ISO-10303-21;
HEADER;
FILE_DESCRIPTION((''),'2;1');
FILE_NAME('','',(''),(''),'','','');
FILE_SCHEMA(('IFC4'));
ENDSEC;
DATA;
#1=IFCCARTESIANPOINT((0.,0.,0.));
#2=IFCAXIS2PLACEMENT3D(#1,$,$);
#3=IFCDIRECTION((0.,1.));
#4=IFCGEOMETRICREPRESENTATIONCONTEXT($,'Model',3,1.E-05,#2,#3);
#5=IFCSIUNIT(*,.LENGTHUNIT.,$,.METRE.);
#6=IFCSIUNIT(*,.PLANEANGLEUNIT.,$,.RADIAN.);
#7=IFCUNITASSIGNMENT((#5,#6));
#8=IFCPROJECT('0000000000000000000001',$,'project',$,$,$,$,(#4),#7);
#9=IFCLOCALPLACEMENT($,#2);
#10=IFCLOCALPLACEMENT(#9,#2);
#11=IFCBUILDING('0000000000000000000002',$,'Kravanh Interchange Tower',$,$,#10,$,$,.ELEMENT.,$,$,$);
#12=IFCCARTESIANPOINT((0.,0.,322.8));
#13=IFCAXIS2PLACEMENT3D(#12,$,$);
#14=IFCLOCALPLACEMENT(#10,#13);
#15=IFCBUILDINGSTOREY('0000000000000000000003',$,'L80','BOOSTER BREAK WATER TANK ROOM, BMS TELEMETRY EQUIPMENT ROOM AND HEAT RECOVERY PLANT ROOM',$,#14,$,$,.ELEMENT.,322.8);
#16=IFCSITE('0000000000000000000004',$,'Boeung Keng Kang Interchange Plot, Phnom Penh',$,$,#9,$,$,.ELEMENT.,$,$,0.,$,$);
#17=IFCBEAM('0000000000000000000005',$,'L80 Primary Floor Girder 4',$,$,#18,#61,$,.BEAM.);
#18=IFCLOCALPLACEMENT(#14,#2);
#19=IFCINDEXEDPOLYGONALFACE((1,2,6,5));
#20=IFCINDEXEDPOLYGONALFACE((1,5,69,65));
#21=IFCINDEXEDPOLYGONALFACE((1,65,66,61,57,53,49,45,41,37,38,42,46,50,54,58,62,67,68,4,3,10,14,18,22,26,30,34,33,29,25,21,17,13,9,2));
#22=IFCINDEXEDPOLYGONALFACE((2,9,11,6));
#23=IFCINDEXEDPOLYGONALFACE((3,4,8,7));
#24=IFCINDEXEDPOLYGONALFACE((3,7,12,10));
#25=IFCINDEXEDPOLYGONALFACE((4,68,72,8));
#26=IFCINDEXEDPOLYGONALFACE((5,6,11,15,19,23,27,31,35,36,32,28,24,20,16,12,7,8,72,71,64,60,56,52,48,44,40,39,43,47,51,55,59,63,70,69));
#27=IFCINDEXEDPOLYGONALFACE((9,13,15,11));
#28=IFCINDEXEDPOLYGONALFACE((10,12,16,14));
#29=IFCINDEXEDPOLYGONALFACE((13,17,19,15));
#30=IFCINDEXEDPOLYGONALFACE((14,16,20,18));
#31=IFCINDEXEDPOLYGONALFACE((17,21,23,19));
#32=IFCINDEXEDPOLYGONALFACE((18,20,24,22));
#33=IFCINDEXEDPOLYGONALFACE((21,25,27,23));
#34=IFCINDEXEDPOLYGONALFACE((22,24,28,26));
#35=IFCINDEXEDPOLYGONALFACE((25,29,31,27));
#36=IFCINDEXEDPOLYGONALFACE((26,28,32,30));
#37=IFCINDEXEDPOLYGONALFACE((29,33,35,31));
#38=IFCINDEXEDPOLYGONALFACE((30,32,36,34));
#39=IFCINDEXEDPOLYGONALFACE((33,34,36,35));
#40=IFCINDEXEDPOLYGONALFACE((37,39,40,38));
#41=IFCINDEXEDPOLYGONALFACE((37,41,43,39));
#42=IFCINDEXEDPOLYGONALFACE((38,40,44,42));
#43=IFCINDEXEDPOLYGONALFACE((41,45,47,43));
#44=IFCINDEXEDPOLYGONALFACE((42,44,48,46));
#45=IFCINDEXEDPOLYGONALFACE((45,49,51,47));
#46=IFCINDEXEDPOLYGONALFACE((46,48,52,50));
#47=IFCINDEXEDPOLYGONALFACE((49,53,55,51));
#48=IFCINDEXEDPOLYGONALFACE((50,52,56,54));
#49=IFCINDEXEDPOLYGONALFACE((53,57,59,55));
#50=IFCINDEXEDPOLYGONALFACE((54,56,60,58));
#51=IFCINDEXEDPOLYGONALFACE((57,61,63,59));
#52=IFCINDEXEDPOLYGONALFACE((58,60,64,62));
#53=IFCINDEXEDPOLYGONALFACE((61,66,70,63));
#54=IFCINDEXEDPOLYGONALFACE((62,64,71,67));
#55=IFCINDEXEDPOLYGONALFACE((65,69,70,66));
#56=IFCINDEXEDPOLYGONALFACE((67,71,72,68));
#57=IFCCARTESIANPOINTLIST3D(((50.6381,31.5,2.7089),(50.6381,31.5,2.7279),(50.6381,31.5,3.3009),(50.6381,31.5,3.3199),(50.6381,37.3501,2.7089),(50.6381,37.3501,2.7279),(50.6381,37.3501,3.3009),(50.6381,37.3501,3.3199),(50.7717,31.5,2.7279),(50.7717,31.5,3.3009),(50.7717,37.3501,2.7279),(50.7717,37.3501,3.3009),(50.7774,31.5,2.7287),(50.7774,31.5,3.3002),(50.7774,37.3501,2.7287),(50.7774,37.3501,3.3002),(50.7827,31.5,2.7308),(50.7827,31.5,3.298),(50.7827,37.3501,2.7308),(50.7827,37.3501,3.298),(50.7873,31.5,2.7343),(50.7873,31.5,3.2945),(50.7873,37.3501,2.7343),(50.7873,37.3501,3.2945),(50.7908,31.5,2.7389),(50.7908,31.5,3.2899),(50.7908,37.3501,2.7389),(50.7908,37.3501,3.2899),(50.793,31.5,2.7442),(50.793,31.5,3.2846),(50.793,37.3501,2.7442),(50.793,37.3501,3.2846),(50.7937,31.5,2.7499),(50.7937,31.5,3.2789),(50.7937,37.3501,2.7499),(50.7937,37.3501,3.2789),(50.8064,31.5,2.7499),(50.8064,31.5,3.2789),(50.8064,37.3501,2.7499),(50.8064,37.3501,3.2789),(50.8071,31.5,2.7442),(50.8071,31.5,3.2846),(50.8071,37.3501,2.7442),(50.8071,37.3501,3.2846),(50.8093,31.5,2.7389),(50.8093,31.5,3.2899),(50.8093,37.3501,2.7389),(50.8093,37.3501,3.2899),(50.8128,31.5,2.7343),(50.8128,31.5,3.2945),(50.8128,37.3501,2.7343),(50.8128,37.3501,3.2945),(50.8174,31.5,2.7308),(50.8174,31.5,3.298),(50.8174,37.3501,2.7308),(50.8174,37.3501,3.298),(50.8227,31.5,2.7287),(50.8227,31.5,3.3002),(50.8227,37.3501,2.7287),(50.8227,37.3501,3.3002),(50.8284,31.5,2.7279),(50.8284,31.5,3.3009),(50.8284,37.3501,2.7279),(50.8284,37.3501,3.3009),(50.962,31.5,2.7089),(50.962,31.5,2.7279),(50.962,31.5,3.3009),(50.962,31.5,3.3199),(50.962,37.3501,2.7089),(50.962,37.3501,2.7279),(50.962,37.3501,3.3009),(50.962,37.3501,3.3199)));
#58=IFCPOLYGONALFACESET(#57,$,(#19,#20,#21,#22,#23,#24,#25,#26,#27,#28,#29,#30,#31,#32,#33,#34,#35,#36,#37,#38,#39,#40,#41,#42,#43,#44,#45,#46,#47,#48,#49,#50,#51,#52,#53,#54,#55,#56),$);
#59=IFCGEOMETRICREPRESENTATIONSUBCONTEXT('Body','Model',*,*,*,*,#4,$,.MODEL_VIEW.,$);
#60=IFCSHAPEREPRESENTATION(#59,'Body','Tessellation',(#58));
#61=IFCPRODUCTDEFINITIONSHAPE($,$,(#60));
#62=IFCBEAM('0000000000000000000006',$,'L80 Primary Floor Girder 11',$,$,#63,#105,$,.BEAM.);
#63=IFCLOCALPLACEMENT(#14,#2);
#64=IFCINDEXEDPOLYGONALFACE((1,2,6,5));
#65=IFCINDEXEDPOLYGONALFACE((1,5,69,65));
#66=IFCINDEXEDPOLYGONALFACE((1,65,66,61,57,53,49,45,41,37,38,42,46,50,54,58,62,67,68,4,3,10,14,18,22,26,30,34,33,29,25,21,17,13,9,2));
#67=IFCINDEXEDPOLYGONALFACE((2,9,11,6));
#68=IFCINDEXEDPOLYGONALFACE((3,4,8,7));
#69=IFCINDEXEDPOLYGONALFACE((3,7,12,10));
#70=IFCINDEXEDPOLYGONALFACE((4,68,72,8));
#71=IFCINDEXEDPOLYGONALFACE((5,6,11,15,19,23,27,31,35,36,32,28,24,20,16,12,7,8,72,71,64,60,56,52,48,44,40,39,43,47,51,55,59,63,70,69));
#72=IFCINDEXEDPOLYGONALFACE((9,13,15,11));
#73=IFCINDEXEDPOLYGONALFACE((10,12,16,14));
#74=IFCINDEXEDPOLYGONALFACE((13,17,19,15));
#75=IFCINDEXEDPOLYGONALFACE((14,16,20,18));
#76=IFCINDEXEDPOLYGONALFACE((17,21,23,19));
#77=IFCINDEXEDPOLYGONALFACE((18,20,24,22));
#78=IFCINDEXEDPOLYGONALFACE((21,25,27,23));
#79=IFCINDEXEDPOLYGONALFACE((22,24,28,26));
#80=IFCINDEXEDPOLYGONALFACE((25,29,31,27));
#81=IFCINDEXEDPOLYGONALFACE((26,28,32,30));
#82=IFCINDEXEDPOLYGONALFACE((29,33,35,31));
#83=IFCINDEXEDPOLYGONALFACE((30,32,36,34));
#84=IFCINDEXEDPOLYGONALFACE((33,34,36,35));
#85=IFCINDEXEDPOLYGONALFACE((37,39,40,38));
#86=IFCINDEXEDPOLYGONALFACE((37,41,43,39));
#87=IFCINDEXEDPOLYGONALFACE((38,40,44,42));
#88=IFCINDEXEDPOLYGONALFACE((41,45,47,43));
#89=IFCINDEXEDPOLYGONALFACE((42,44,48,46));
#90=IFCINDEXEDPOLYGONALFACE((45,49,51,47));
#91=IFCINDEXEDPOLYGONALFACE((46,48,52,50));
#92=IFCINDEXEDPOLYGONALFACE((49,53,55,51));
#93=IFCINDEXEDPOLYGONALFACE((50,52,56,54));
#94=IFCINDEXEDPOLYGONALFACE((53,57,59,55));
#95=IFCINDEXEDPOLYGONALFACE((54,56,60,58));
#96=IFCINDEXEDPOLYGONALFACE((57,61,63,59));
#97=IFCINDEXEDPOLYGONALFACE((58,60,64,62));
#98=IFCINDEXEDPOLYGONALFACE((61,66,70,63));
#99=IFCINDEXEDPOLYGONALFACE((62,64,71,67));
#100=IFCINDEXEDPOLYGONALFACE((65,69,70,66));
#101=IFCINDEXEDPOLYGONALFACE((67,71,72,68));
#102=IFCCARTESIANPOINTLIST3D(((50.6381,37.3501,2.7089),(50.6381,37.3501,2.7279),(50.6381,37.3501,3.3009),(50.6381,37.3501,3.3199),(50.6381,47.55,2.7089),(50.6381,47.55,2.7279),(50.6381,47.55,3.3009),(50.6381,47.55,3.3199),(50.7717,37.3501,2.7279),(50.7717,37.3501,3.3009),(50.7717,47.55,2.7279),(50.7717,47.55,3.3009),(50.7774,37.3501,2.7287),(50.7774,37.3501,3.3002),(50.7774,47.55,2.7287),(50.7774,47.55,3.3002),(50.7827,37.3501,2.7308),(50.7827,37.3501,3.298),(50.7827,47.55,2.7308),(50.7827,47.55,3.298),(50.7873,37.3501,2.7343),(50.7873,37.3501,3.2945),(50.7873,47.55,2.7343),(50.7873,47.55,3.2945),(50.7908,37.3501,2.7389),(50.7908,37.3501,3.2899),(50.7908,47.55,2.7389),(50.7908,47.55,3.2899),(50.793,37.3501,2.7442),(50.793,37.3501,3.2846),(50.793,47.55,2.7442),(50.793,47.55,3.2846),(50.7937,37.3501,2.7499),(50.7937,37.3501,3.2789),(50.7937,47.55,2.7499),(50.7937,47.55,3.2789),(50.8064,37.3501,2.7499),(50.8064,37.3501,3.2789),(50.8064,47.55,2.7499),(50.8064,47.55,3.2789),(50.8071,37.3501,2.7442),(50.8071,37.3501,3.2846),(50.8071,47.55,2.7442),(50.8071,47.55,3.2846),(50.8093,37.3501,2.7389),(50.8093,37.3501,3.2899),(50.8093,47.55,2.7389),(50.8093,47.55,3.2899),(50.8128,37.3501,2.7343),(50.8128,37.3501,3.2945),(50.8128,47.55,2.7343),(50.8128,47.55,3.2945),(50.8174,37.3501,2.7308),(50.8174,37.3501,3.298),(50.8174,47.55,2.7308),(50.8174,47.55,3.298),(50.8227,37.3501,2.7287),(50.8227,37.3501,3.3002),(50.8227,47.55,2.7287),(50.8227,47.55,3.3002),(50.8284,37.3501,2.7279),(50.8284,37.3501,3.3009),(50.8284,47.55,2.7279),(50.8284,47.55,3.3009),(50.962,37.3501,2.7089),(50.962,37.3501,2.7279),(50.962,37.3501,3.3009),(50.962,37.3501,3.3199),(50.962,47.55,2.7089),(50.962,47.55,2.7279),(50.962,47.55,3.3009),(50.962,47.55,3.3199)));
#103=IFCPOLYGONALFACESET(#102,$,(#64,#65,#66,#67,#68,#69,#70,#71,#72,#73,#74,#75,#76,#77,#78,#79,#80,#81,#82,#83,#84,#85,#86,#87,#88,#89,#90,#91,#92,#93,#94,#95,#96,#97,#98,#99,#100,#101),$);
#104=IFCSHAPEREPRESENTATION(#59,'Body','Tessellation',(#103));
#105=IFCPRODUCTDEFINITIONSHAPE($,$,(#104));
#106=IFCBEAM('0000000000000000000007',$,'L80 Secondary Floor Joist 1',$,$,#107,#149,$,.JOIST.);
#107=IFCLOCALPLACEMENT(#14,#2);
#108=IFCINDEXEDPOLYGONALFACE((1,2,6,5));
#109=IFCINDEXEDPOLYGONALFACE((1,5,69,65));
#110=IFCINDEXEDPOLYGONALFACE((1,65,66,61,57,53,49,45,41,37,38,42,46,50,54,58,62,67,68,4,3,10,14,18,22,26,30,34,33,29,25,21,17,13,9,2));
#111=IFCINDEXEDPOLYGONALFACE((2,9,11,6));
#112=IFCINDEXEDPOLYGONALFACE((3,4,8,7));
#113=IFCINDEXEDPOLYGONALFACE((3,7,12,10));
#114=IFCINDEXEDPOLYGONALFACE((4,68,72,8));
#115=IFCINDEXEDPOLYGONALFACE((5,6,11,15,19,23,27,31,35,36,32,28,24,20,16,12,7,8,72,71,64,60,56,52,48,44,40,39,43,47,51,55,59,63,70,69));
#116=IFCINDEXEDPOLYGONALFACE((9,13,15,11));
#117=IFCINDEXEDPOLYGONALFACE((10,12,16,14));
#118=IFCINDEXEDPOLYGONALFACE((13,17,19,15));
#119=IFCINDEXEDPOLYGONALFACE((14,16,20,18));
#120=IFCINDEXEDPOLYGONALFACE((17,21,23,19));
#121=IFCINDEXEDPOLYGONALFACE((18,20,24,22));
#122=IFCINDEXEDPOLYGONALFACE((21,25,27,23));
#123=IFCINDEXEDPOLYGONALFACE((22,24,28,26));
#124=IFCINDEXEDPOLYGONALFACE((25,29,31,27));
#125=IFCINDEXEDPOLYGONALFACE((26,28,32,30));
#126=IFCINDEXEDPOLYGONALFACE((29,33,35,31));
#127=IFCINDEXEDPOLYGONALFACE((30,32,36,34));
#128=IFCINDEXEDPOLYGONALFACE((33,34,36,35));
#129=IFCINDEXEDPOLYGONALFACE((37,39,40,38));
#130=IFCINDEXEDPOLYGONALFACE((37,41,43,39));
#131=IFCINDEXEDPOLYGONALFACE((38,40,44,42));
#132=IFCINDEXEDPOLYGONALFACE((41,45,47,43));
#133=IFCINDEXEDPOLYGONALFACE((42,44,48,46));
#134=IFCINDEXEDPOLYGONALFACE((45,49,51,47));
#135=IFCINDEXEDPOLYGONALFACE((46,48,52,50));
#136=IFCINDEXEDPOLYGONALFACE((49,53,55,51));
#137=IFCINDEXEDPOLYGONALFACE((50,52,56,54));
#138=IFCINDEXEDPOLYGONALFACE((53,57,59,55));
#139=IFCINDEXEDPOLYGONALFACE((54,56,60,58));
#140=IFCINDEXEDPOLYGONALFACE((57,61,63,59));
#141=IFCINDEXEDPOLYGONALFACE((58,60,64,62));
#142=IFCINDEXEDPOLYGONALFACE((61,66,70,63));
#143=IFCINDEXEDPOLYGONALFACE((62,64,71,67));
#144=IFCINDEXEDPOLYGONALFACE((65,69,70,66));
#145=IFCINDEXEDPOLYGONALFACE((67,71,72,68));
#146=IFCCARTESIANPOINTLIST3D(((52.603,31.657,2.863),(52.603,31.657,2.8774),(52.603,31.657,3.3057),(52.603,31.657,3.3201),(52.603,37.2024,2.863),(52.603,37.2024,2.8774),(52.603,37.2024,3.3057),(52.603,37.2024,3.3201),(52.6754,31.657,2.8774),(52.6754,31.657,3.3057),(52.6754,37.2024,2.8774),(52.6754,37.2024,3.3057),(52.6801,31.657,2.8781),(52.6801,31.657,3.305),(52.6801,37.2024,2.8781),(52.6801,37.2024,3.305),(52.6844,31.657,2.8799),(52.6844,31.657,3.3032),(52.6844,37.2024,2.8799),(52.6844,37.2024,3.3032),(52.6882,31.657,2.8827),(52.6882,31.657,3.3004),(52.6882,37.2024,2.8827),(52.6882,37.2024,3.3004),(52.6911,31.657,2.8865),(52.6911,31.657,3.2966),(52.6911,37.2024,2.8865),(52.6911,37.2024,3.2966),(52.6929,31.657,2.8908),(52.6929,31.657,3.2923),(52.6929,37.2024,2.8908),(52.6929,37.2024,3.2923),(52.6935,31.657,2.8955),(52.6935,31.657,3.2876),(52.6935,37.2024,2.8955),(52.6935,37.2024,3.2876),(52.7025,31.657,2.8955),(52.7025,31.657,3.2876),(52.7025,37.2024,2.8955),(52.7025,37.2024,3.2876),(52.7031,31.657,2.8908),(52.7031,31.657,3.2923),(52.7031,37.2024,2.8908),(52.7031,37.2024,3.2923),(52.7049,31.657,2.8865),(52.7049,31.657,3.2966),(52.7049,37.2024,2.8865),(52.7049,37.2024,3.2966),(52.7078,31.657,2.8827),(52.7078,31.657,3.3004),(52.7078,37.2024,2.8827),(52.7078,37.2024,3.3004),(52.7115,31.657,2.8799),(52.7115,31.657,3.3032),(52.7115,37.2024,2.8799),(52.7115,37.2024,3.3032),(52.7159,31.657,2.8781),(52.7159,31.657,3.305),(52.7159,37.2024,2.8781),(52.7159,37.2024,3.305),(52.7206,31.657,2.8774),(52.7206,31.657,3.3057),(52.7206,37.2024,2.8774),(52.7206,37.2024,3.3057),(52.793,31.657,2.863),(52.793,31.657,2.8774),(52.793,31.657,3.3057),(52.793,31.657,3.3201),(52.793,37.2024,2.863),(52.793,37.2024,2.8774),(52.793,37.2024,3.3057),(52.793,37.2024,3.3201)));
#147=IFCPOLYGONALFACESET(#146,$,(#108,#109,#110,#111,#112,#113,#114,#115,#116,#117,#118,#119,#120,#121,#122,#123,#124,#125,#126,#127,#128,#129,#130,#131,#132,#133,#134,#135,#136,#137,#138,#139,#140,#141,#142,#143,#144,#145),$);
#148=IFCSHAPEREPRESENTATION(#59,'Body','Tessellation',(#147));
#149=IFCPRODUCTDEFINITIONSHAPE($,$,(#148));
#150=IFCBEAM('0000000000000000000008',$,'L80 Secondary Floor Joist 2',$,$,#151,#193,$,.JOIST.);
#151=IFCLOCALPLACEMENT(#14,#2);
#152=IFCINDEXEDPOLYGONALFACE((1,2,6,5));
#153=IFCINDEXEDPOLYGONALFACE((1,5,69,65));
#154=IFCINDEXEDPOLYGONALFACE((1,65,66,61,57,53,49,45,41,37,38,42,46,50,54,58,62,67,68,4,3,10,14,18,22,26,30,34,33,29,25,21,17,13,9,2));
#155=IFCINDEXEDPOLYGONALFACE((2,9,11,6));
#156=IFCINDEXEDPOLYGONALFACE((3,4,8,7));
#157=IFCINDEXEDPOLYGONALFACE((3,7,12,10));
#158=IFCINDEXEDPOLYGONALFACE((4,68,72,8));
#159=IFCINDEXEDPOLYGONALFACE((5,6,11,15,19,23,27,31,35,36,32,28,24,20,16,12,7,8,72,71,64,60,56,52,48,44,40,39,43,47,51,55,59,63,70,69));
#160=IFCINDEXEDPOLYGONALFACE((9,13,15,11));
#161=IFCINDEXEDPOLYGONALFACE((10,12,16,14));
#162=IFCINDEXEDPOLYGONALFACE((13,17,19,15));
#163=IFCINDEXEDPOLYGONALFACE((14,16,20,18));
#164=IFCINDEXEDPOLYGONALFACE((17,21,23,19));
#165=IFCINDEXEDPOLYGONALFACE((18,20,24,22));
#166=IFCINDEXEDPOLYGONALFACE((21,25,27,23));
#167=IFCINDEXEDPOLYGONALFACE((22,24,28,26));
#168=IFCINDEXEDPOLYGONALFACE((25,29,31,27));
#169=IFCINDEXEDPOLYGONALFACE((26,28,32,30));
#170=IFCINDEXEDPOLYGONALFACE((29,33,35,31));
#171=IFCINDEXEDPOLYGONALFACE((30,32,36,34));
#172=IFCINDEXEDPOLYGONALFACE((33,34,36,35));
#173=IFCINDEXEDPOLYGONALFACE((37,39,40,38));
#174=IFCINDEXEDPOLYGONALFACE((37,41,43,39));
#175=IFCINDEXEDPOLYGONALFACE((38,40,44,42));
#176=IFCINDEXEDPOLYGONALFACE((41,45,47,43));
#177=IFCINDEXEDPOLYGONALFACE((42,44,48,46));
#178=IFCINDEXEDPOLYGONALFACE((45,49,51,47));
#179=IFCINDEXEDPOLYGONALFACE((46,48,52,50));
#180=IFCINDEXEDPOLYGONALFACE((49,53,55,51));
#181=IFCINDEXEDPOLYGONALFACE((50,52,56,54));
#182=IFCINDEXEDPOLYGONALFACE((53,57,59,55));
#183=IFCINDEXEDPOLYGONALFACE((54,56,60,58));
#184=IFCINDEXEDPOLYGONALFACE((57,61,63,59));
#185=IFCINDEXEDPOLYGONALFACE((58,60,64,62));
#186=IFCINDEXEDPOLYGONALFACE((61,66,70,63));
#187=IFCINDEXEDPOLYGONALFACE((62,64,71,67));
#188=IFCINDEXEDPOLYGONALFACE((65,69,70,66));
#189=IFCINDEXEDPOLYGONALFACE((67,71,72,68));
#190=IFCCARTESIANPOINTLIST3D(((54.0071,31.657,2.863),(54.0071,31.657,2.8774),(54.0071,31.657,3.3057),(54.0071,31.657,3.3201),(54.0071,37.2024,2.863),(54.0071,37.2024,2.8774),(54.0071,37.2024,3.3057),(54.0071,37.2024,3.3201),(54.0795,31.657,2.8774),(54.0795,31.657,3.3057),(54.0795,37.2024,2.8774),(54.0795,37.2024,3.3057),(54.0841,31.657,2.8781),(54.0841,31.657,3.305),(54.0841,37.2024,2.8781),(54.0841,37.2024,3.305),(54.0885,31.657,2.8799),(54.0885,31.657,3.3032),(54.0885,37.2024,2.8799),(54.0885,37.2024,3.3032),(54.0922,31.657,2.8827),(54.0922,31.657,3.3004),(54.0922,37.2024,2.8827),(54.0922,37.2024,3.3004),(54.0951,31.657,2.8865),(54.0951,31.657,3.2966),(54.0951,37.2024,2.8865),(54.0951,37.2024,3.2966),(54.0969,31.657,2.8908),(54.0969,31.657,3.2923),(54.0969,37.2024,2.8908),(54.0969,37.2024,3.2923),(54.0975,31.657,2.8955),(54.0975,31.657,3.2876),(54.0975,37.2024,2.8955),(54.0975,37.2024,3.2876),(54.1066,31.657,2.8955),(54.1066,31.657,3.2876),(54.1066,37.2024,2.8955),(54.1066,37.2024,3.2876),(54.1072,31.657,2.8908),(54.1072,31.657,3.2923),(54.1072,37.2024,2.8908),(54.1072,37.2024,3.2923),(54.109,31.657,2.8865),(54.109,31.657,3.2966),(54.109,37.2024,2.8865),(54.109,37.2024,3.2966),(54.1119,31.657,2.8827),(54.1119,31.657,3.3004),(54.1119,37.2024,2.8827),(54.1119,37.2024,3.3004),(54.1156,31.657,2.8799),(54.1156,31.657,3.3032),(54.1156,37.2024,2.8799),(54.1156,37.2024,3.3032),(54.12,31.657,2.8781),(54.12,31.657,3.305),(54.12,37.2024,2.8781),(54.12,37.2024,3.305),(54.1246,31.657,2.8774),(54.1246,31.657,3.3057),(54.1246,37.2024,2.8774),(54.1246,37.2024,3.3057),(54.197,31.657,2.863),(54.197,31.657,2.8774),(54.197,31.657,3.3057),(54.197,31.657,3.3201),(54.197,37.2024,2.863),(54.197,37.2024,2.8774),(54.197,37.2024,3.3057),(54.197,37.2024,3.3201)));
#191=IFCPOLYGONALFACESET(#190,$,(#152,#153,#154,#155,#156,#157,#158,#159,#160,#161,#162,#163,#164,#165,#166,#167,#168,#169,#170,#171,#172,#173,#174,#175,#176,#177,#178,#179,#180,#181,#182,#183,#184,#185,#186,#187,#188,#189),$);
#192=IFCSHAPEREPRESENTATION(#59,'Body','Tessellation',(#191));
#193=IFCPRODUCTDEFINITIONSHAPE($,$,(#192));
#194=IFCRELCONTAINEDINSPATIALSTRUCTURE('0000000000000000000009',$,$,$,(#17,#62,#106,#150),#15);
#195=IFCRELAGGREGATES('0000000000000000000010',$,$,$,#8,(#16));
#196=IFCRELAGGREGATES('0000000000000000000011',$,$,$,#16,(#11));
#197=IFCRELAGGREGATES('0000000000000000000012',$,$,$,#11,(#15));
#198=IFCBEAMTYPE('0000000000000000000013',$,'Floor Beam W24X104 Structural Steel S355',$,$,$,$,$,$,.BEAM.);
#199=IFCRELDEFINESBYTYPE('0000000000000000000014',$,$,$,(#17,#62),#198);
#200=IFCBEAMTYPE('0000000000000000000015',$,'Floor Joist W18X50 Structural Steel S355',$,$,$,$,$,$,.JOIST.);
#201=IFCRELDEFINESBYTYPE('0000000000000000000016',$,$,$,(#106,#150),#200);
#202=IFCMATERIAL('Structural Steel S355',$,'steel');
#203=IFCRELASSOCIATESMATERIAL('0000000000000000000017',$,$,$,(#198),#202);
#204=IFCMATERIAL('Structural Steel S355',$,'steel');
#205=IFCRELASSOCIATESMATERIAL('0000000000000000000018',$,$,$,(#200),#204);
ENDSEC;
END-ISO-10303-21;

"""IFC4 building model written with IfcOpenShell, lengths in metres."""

from ifc_helpers import new_model, si_unit, direction, frame, origin, origin_2d, place, context, subcontext, project, spatial, i_section, extrude, material, material_profile, profile_set, type_object, element, save


model = new_model("IFC4")

# Units and contexts
model_context = context("Model", 3, precision=1e-05, world=origin(), true_north=direction((0.0, 1.0)))
body_context = subcontext(model_context, "Body", "Model", "MODEL_VIEW")
ifc_project = project(units=[si_unit("LENGTHUNIT", "METRE"), si_unit("PLANEANGLEUNIT", "RADIAN")], contexts=[model_context])

# Site, building, storey
site_placement = place(None, origin())
site = spatial("IfcSite", under=ifc_project, at=site_placement, Name="Boeung Keng Kang Interchange Plot, Phnom Penh", CompositionType="ELEMENT", RefElevation=0.0)
building_placement = place(site_placement, origin())
building = spatial("IfcBuilding", under=site, at=building_placement, Name="Kravanh Interchange Tower", CompositionType="ELEMENT")
storey_placement = place(building_placement, frame((0.0, 0.0, 322.8)))
storey = spatial("IfcBuildingStorey", under=building, at=storey_placement, Name="L80", Description="BOOSTER BREAK WATER TANK ROOM, BMS TELEMETRY EQUIPMENT ROOM AND HEAT RECOVERY PLANT ROOM", CompositionType="ELEMENT", Elevation=322.8)

# Beams
ifc_material_1 = material(Name="Structural Steel S355", Category="steel")
ifc_material_profile_1 = material_profile(ifc_material_1, i_section(OverallWidth=0.324, OverallDepth=0.6111, WebThickness=0.0127, FlangeThickness=0.019, FilletRadius=0.022, at=origin_2d()), Name="W24X104")
ifc_profile_set_1 = profile_set([ifc_material_profile_1], Name="Structural Steel S355")
beam_type_1 = type_object("IfcBeamType", Name="Floor Beam W24X104 Structural Steel S355", PredefinedType="BEAM", material=ifc_profile_set_1)
beam_1_placement = place(storey_placement, frame((50.8, 31.5, 3.0144), z_axis=(0.0, 1.0, 0.0), x_axis=(-1.0, 0.0, 0.0)))
element("IfcBeam", 1, at=beam_1_placement, inside=storey, type_object=beam_type_1, Name="L80 Primary Floor Girder 4", PredefinedType="BEAM", context=body_context, shape_type="SweptSolid", body=[
    extrude(i_section(OverallWidth=0.324, OverallDepth=0.6111, WebThickness=0.0127, FlangeThickness=0.019, FilletRadius=0.022, at=origin_2d()), origin(), (0.0, 0.0, 1.0), 5.8501),
])
beam_2_placement = place(storey_placement, frame((50.8, 47.55, 3.0144), z_axis=(0.0, -1.0, 0.0), x_axis=(1.0, 0.0, 0.0)))
element("IfcBeam", 2, at=beam_2_placement, inside=storey, type_object=beam_type_1, Name="L80 Primary Floor Girder 11", PredefinedType="BEAM", context=body_context, shape_type="SweptSolid", body=[
    extrude(i_section(OverallWidth=0.324, OverallDepth=0.6111, WebThickness=0.0127, FlangeThickness=0.019, FilletRadius=0.022, at=origin_2d()), origin(), (0.0, 0.0, 1.0), 10.2),
])
ifc_material_2 = material(Name="Structural Steel S355", Category="steel")
ifc_material_profile_2 = material_profile(ifc_material_2, i_section(OverallWidth=0.1899, OverallDepth=0.457, WebThickness=0.009, FlangeThickness=0.0144, FilletRadius=0.0181, at=origin_2d()), Name="W18X50")
ifc_profile_set_2 = profile_set([ifc_material_profile_2], Name="Structural Steel S355")
beam_type_2 = type_object("IfcBeamType", Name="Floor Joist W18X50 Structural Steel S355", PredefinedType="JOIST", material=ifc_profile_set_2)
for number, where, z_axis, x_axis, name in (
    (3, (52.698, 31.657, 3.0916), (0.0, 1.0, 0.0), (-1.0, 0.0, 0.0), "L80 Secondary Floor Joist 1"),
    (4, (54.1021, 31.657, 3.0916), (0.0, 1.0, 0.0), (-1.0, 0.0, 0.0), "L80 Secondary Floor Joist 2"),
):
    element("IfcBeam", number, at=place(storey_placement, frame(where, z_axis=z_axis, x_axis=x_axis)), inside=storey, type_object=beam_type_2, Name=name, PredefinedType="JOIST", context=body_context, shape_type="SweptSolid", body=[
        extrude(i_section(OverallWidth=0.1899, OverallDepth=0.457, WebThickness=0.009, FlangeThickness=0.0144, FilletRadius=0.0181, at=origin_2d()), origin(), (0.0, 0.0, 1.0), 5.5454),
    ])

save(model, "model.ifc")
